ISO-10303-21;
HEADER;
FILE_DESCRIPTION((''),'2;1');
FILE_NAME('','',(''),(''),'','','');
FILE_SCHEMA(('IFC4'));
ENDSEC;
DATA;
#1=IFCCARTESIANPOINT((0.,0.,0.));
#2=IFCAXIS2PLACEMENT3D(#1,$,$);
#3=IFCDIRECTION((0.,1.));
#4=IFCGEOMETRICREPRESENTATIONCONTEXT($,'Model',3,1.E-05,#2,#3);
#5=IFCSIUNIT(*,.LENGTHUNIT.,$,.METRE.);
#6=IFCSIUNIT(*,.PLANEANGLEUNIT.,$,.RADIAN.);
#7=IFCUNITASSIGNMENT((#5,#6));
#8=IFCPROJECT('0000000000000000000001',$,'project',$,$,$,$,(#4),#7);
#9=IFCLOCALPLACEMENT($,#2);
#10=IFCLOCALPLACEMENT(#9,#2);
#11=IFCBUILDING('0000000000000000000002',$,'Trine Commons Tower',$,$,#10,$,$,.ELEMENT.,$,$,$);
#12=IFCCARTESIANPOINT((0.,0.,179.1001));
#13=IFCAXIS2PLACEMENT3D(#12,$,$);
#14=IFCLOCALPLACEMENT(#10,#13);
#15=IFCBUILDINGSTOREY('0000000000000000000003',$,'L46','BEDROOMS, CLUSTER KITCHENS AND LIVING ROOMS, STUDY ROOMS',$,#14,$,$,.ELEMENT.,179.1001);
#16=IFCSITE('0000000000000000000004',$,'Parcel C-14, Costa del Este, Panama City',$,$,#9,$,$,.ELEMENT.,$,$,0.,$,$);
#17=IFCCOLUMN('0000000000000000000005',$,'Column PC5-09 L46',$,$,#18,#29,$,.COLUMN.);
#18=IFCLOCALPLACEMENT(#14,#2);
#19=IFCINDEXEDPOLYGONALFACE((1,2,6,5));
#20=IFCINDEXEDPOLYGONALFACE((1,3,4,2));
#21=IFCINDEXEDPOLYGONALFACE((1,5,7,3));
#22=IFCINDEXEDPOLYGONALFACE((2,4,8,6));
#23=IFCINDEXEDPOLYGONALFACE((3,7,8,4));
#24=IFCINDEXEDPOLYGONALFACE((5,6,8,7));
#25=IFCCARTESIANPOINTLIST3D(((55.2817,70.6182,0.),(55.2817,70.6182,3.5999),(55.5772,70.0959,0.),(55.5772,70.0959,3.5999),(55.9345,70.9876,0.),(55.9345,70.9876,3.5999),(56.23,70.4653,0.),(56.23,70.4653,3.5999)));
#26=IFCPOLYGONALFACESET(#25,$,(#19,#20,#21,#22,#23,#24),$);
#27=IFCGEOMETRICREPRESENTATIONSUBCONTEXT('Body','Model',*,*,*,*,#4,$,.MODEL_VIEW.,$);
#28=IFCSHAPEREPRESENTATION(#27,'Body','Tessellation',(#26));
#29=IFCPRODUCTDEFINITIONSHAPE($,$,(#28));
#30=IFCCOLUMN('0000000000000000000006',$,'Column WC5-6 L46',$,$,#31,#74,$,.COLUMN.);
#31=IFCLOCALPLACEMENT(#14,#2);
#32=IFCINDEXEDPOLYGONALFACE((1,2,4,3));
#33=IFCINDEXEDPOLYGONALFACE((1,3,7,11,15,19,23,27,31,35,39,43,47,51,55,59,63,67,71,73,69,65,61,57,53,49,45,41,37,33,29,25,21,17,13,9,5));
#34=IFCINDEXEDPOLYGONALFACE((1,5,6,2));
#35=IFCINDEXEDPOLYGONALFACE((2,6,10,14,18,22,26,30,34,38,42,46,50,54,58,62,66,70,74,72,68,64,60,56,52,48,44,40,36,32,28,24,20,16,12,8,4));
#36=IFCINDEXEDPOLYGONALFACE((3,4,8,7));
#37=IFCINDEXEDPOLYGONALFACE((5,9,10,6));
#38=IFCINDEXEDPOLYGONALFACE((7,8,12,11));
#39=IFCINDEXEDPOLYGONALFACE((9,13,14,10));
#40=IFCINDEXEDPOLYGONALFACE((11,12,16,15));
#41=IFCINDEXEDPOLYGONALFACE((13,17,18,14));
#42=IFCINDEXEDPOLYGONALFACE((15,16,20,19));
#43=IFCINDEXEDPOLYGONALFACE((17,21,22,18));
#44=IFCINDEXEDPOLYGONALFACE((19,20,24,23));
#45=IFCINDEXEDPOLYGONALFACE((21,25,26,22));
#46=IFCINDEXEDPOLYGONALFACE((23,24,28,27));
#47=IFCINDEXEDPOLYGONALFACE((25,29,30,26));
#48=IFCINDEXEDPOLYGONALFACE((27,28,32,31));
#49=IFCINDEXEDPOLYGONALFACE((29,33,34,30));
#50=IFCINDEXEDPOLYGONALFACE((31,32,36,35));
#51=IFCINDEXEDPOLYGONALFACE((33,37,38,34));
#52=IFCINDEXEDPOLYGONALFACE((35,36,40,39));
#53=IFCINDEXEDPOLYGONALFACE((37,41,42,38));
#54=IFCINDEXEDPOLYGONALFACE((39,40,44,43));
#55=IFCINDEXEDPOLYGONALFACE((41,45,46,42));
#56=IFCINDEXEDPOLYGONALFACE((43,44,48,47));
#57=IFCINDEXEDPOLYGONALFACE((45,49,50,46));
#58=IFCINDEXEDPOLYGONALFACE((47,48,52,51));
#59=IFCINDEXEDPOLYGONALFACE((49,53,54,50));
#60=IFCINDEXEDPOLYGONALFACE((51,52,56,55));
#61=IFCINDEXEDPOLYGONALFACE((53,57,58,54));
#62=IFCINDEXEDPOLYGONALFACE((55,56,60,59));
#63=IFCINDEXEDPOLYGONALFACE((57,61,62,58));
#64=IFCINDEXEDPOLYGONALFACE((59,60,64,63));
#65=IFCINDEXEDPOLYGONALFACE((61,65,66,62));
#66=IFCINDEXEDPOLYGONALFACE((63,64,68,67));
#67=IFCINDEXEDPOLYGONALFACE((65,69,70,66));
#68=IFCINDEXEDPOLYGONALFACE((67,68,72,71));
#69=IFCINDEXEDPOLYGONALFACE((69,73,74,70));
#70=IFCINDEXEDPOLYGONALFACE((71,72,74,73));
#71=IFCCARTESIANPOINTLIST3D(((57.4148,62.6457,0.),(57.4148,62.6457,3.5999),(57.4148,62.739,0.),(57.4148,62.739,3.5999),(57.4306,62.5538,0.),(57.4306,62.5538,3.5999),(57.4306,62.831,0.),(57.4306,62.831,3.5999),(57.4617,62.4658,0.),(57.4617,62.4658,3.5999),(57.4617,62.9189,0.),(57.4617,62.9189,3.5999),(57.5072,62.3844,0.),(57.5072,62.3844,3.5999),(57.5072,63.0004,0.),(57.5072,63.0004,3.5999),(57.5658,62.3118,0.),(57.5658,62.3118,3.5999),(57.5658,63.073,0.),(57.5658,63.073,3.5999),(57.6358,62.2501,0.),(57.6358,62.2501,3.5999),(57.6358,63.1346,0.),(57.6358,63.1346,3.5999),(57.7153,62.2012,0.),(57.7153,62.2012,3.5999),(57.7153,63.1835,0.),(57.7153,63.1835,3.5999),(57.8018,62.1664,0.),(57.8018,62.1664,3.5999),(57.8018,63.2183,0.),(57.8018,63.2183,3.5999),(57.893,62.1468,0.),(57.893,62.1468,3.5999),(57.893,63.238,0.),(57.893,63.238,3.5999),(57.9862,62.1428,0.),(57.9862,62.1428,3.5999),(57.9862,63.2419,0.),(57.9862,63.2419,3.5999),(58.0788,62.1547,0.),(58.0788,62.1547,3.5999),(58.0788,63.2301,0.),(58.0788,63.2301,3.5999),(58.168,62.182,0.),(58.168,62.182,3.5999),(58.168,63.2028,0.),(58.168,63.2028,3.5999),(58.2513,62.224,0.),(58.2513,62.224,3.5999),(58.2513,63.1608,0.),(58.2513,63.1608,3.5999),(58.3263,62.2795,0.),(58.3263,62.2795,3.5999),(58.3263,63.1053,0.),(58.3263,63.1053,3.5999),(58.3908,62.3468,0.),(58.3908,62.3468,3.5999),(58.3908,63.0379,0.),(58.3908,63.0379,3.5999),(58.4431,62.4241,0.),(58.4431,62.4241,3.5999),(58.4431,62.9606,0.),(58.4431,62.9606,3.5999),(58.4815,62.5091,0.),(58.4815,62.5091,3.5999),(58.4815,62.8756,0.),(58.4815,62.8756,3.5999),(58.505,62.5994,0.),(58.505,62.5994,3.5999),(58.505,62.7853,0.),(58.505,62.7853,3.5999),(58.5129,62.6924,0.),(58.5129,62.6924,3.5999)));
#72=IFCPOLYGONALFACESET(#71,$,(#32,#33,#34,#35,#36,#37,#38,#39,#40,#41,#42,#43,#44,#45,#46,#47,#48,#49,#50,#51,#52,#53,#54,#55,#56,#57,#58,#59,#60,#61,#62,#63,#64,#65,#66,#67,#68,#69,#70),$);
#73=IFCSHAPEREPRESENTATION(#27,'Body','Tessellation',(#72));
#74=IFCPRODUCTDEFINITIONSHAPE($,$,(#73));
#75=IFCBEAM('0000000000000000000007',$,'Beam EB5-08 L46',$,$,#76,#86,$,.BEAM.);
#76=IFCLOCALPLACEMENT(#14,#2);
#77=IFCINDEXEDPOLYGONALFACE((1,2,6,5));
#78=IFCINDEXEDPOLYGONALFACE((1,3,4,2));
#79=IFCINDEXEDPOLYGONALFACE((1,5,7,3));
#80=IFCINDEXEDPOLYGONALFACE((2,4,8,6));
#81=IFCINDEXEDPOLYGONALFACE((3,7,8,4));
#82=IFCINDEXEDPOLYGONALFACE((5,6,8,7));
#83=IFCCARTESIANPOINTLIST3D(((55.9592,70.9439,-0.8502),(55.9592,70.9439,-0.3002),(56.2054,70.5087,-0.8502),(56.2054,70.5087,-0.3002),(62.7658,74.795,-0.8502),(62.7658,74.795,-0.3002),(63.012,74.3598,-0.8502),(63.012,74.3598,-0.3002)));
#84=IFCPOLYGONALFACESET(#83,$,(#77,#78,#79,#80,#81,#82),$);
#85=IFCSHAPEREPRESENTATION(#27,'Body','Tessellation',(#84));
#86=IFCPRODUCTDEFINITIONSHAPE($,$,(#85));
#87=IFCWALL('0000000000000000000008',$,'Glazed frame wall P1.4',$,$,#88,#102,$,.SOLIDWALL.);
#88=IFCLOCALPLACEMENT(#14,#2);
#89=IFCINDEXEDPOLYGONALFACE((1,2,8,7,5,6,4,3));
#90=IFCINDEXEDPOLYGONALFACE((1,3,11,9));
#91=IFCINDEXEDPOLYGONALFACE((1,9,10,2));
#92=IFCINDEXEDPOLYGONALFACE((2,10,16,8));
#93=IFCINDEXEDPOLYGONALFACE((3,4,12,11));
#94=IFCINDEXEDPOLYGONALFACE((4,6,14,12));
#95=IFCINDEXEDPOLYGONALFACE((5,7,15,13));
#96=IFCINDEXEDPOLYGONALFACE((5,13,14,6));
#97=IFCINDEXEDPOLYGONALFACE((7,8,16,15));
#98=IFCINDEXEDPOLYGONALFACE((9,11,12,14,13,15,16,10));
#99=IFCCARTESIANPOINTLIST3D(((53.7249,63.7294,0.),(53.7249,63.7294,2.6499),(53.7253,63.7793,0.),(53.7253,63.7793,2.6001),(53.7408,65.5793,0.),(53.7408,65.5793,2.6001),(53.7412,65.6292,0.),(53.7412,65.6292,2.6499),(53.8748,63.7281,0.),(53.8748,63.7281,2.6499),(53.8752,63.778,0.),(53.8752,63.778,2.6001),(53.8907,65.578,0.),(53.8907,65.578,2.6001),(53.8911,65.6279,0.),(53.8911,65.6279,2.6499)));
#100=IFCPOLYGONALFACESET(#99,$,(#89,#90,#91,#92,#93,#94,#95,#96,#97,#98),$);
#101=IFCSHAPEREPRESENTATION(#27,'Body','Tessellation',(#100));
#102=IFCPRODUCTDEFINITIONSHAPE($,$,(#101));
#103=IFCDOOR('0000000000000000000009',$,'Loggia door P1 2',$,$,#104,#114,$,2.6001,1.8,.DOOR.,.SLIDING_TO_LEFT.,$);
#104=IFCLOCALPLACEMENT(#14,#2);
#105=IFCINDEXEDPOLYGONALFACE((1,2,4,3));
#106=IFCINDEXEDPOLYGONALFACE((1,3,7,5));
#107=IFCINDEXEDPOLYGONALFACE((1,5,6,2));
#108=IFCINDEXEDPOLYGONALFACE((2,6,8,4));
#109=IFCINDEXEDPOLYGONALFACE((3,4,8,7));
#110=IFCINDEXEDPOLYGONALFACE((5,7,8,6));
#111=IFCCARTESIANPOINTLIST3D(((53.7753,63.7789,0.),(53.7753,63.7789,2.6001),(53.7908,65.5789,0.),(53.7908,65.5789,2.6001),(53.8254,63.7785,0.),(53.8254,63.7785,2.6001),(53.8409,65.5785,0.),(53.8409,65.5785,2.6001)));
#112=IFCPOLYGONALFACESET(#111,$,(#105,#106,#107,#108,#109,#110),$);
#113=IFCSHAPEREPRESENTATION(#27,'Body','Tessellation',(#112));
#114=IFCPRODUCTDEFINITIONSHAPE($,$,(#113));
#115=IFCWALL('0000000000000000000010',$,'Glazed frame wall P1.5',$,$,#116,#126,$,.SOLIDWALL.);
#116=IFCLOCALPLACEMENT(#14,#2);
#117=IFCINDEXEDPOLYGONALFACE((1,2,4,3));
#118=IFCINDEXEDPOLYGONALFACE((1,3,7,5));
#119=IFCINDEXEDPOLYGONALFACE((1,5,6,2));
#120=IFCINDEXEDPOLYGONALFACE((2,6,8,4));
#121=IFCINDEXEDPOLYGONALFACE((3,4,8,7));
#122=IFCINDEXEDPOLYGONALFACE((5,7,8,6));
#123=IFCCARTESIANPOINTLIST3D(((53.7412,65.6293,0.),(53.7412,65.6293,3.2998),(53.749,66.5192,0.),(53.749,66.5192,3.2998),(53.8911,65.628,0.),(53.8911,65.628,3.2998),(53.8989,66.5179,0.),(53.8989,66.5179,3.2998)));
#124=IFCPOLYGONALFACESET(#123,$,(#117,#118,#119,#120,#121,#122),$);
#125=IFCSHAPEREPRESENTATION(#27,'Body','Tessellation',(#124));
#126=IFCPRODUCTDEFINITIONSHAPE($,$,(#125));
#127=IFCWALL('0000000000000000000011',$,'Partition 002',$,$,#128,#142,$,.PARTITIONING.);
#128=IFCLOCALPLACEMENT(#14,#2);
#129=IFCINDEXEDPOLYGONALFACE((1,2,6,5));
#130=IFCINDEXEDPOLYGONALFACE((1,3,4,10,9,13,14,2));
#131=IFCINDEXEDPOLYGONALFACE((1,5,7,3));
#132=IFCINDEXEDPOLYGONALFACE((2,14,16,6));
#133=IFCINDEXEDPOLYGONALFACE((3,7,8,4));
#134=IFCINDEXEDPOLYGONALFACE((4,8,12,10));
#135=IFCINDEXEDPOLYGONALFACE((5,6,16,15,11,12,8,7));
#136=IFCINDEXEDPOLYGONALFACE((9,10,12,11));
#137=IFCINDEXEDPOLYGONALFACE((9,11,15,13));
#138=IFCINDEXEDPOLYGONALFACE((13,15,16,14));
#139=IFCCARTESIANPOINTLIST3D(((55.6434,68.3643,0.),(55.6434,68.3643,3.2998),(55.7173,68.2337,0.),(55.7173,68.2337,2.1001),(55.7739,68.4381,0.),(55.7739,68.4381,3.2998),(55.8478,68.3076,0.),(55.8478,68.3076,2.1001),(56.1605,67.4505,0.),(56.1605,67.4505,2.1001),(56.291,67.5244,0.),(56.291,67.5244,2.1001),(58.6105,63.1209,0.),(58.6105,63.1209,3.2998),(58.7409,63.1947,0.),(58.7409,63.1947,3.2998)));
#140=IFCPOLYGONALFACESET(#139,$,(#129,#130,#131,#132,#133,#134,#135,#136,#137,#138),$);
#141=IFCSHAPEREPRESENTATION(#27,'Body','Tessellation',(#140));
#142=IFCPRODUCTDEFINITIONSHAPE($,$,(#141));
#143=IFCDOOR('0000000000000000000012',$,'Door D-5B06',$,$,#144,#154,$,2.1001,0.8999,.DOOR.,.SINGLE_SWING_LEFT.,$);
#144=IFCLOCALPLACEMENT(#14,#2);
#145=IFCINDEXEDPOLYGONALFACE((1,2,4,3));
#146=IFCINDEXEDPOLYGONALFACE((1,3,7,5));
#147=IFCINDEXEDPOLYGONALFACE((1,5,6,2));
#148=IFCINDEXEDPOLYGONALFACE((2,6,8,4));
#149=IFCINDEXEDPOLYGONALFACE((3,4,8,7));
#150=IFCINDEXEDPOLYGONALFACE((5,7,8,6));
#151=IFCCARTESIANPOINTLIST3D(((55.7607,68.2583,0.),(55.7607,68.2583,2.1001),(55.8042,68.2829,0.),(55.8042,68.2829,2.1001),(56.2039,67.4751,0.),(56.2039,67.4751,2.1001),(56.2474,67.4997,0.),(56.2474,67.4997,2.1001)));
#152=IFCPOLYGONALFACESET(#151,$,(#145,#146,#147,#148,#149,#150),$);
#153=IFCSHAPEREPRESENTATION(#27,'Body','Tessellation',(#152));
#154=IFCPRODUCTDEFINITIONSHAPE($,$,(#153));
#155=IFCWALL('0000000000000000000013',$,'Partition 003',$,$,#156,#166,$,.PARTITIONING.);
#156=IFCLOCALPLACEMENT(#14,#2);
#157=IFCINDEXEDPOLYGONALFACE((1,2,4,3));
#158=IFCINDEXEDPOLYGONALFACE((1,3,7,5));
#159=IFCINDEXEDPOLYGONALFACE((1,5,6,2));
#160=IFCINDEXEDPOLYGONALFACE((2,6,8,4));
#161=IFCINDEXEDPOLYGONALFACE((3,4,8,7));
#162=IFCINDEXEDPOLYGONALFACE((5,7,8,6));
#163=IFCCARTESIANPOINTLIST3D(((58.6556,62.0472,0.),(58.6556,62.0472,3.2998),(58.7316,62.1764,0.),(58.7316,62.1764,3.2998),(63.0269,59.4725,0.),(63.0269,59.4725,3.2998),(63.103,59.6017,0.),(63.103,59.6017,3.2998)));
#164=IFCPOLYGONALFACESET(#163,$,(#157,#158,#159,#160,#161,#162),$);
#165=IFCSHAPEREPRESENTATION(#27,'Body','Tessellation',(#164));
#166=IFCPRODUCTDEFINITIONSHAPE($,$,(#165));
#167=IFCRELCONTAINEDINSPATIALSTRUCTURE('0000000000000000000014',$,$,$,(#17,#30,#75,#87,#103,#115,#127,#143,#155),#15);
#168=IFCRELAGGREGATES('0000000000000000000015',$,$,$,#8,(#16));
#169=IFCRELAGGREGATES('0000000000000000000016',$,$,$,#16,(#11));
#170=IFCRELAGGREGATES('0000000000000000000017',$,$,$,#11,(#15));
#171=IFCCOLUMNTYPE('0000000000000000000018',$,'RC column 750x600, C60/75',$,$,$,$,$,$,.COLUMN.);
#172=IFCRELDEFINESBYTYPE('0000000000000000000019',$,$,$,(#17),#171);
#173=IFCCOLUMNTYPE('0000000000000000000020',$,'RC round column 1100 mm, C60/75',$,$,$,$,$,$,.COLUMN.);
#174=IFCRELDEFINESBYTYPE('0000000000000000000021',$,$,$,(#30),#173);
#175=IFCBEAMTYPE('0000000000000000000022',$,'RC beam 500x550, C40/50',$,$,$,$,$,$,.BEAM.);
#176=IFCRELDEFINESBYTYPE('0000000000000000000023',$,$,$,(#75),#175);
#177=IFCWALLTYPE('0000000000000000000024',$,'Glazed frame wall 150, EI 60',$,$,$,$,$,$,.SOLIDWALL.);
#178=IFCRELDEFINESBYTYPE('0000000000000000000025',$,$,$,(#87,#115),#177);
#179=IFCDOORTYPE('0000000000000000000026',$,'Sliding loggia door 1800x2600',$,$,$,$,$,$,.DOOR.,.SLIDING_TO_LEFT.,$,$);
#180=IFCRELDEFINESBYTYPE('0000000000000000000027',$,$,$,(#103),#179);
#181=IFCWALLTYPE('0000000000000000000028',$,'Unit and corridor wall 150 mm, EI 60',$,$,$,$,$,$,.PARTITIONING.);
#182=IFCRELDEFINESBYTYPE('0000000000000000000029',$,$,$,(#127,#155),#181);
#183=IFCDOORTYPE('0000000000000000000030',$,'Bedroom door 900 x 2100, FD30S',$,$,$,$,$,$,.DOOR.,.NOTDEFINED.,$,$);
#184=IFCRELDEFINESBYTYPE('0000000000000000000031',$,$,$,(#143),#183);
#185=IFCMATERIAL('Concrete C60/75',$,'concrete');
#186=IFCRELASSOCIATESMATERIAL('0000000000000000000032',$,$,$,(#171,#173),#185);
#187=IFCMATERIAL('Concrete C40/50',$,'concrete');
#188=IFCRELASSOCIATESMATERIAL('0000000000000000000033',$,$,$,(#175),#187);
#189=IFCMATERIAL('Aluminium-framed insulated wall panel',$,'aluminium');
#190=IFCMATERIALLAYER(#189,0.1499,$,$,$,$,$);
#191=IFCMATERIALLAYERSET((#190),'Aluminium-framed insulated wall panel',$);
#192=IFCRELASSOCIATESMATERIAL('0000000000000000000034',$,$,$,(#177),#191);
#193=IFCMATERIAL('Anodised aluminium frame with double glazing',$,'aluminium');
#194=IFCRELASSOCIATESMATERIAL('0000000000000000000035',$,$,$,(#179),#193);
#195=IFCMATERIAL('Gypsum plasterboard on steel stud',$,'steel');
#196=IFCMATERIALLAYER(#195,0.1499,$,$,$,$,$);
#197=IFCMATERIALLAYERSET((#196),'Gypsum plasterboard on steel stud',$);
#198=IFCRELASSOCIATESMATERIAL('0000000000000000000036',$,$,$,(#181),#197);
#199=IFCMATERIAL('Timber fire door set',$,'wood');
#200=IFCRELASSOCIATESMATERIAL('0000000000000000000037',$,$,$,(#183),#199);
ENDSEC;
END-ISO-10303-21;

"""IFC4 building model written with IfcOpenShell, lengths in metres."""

from ifc_helpers import new_model, si_unit, direction, frame, frame_2d, origin, origin_2d, place, context, subcontext, project, spatial, polyline, rectangle, circle, outline, extrude, material, layer, layer_set, material_profile, profile_set, type_object, element, fill, save


model = new_model("IFC4")

# Units and contexts
model_context = context("Model", 3, precision=1e-05, world=origin(), true_north=direction((0.0, 1.0)))
body_context = subcontext(model_context, "Body", "Model", "MODEL_VIEW")
ifc_project = project(units=[si_unit("LENGTHUNIT", "METRE"), si_unit("PLANEANGLEUNIT", "RADIAN")], contexts=[model_context])

# Site, building, storey
site_placement = place(None, origin())
site = spatial("IfcSite", under=ifc_project, at=site_placement, Name="Parcel C-14, Costa del Este, Panama City", CompositionType="ELEMENT", RefElevation=0.0)
building_placement = place(site_placement, origin())
building = spatial("IfcBuilding", under=site, at=building_placement, Name="Trine Commons Tower", CompositionType="ELEMENT")
storey_placement = place(building_placement, frame((0.0, 0.0, 179.1001)))
storey = spatial("IfcBuildingStorey", under=building, at=storey_placement, Name="L46", Description="BEDROOMS, CLUSTER KITCHENS AND LIVING ROOMS, STUDY ROOMS", CompositionType="ELEMENT", Elevation=179.1001)

# Columns
ifc_material_1 = material(Name="Concrete C60/75", Category="concrete")
ifc_material_profile_1 = material_profile(ifc_material_1, rectangle(XDim=0.75, YDim=0.6001, at=origin_2d()), Name="RC 750x600")
ifc_profile_set_1 = profile_set([ifc_material_profile_1], Name="Concrete C60/75")
column_type_1 = type_object("IfcColumnType", Name="RC column 750x600, C60/75", PredefinedType="COLUMN", material=ifc_profile_set_1)
column_1_placement = place(storey_placement, frame((55.7559, 70.5417, 0.0), z_axis=(0.0, 0.0, 1.0), x_axis=(0.870356, 0.492424, 0.0)))
element("IfcColumn", 1, at=column_1_placement, inside=storey, type_object=column_type_1, Name="Column PC5-09 L46", PredefinedType="COLUMN", context=body_context, shape_type="SweptSolid", body=[
    extrude(rectangle(XDim=0.75, YDim=0.6001, at=origin_2d()), origin(), (0.0, 0.0, 1.0), 3.5999),
])
ifc_material_profile_2 = material_profile(ifc_material_1, circle(Radius=0.55, at=origin_2d()), Name="RC round 1100")
ifc_profile_set_2 = profile_set([ifc_material_profile_2], Name="Concrete C60/75")
column_type_2 = type_object("IfcColumnType", Name="RC round column 1100 mm, C60/75", PredefinedType="COLUMN", material=ifc_profile_set_2)
column_2_placement = place(storey_placement, frame((57.9629, 62.6924, 0.0), z_axis=(0.0, 0.0, 1.0), x_axis=(1.0, 0.0, 0.0)))
element("IfcColumn", 2, at=column_2_placement, inside=storey, type_object=column_type_2, Name="Column WC5-6 L46", PredefinedType="COLUMN", context=body_context, shape_type="SweptSolid", body=[
    extrude(circle(Radius=0.55, at=origin_2d()), origin(), (0.0, 0.0, 1.0), 3.5999),
])

# Beam
ifc_material_2 = material(Name="Concrete C40/50", Category="concrete")
ifc_material_profile_3 = material_profile(ifc_material_2, rectangle(XDim=0.5, YDim=0.55, at=origin_2d()), Name="RC 500x550")
ifc_profile_set_3 = profile_set([ifc_material_profile_3], Name="Concrete C40/50")
beam_type = type_object("IfcBeamType", Name="RC beam 500x550, C40/50", PredefinedType="BEAM", material=ifc_profile_set_3)
beam_placement = place(storey_placement, frame((56.0823, 70.7263, -0.5752), z_axis=(0.870352, 0.49243, 0.0), x_axis=(-0.49243, 0.870352, 0.0)))
element("IfcBeam", 3, at=beam_placement, inside=storey, type_object=beam_type, Name="Beam EB5-08 L46", PredefinedType="BEAM", context=body_context, shape_type="SweptSolid", body=[
    extrude(rectangle(XDim=0.5, YDim=0.55, at=origin_2d()), origin(), (0.0, 0.0, 1.0), 7.8206),
])

# Wall, opening, door
ifc_material_3 = material(Name="Aluminium-framed insulated wall panel", Category="aluminium")
ifc_layer_1 = layer(ifc_material_3, 0.1499)
ifc_layer_set_1 = layer_set([ifc_layer_1], Name="Aluminium-framed insulated wall panel")
wall_type_1 = type_object("IfcWallType", Name="Glazed frame wall 150, EI 60", PredefinedType="SOLIDWALL", material=ifc_layer_set_1)
wall_1_placement = place(storey_placement, frame((53.7998, 63.7288, 0.0), z_axis=(0.0, 0.0, 1.0), x_axis=(0.008609, 0.999963, 0.0)))
wall_1 = element("IfcWall", 4, at=wall_1_placement, inside=storey, type_object=wall_type_1, Name="Glazed frame wall P1.4", PredefinedType="SOLIDWALL", context=body_context, shape_type="SweptSolid", body=[
    extrude(outline(polyline([(0.0, -0.075), (1.8999, -0.075), (1.8999, 0.075), (0.0, 0.075), (0.0, -0.075)])), origin(), (0.0, 0.0, 1.0), 2.6499),
])
opening_1_placement = place(wall_1_placement, frame((0.05, 0.0, 0.0)))
opening_1 = element("IfcOpeningElement", 5, at=opening_1_placement, cuts=wall_1, PredefinedType="OPENING", context=body_context, shape_type="SweptSolid", body=[
    extrude(rectangle(XDim=1.8, YDim=2.6001, at=frame_2d((0.8999, 1.3))), frame((0.0, 0.085, 0.0), z_axis=(0.0, -1.0, 0.0), x_axis=(1.0, 0.0, 0.0)), (0.0, 0.0, 1.0), 0.1699),
])
ifc_material_4 = material(Name="Anodised aluminium frame with double glazing", Category="aluminium")
door_type_1 = type_object("IfcDoorType", Name="Sliding loggia door 1800x2600", OperationType="SLIDING_TO_LEFT", PredefinedType="DOOR", material=ifc_material_4)
door_1_placement = place(opening_1_placement, origin())
door_1 = element("IfcDoor", 6, at=door_1_placement, inside=storey, type_object=door_type_1, Name="Loggia door P1 2", OperationType="SLIDING_TO_LEFT", OverallHeight=2.6001, OverallWidth=1.8, PredefinedType="DOOR", context=body_context, shape_type="SweptSolid", body=[
    extrude(rectangle(XDim=1.8, YDim=2.6001, at=frame_2d((0.8999, 1.3))), frame((0.0, 0.0249, 0.0), z_axis=(0.0, -1.0, 0.0), x_axis=(1.0, 0.0, 0.0)), (0.0, 0.0, 1.0), 0.05),
])
fill(opening_1, door_1)

# Wall
wall_2_placement = place(storey_placement, frame((53.8162, 65.6287, 0.0), z_axis=(0.0, 0.0, 1.0), x_axis=(0.008789, 0.999961, 0.0)))
element("IfcWall", 7, at=wall_2_placement, inside=storey, type_object=wall_type_1, Name="Glazed frame wall P1.5", PredefinedType="SOLIDWALL", context=body_context, shape_type="SweptSolid", body=[
    extrude(outline(polyline([(0.8899, 0.075), (0.0, 0.075), (0.0, -0.075), (0.8899, -0.075), (0.8899, 0.075)])), origin(), (0.0, 0.0, 1.0), 3.2998),
])

# Wall, opening, door
ifc_material_5 = material(Name="Gypsum plasterboard on steel stud", Category="steel")
ifc_layer_2 = layer(ifc_material_5, 0.1499)
ifc_layer_set_2 = layer_set([ifc_layer_2], Name="Gypsum plasterboard on steel stud")
wall_type_2 = type_object("IfcWallType", Name="Unit and corridor wall 150 mm, EI 60", PredefinedType="PARTITIONING", material=ifc_layer_set_2)
wall_3_placement = place(storey_placement, frame((55.7087, 68.4011, 0.0), z_axis=(0.0, 0.0, 1.0), x_axis=(0.492482, -0.870323, 0.0)))
wall_3 = element("IfcWall", 8, at=wall_3_placement, inside=storey, type_object=wall_type_2, Name="Partition 002", PredefinedType="PARTITIONING", context=body_context, shape_type="SweptSolid", body=[
    extrude(rectangle(XDim=6.0247, YDim=0.1499, at=frame_2d((3.0122, 0.0))), origin(), (0.0, 0.0, 1.0), 3.2998),
])
opening_2_placement = place(wall_3_placement, frame((0.1499, 0.0, 0.0)))
opening_2 = element("IfcOpeningElement", 9, at=opening_2_placement, cuts=wall_3, PredefinedType="OPENING", context=body_context, shape_type="SweptSolid", body=[
    extrude(rectangle(XDim=0.8999, YDim=2.1001, at=frame_2d((0.45, 1.05))), frame((0.0, 0.085, 0.0), z_axis=(0.0, -1.0, 0.0), x_axis=(1.0, 0.0, 0.0)), (0.0, 0.0, 1.0), 0.1699),
])
ifc_material_6 = material(Name="Timber fire door set", Category="wood")
door_type_2 = type_object("IfcDoorType", Name="Bedroom door 900 x 2100, FD30S", OperationType="NOTDEFINED", PredefinedType="DOOR", material=ifc_material_6)
door_2_placement = place(opening_2_placement, origin())
door_2 = element("IfcDoor", 10, at=door_2_placement, inside=storey, type_object=door_type_2, Name="Door D-5B06", OperationType="SINGLE_SWING_LEFT", OverallHeight=2.1001, OverallWidth=0.8999, PredefinedType="DOOR", context=body_context, shape_type="SweptSolid", body=[
    extrude(rectangle(XDim=0.8999, YDim=2.1001, at=frame_2d((0.45, 1.05))), frame((0.0, 0.0249, 0.0), z_axis=(0.0, -1.0, 0.0), x_axis=(1.0, 0.0, 0.0)), (0.0, 0.0, 1.0), 0.05),
])
fill(opening_2, door_2)

# Wall
wall_4_placement = place(storey_placement, frame((58.6936, 62.1118, 0.0), z_axis=(0.0, 0.0, 1.0), x_axis=(0.861647, -0.507508, 0.0)))
element("IfcWall", 11, at=wall_4_placement, inside=storey, type_object=wall_type_2, Name="Partition 003", PredefinedType="PARTITIONING", context=body_context, shape_type="SweptSolid", body=[
    extrude(rectangle(XDim=5.0732, YDim=0.1499, at=frame_2d((2.5366, 0.0))), origin(), (0.0, 0.0, 1.0), 3.2998),
])

save(model, "model.ifc")
